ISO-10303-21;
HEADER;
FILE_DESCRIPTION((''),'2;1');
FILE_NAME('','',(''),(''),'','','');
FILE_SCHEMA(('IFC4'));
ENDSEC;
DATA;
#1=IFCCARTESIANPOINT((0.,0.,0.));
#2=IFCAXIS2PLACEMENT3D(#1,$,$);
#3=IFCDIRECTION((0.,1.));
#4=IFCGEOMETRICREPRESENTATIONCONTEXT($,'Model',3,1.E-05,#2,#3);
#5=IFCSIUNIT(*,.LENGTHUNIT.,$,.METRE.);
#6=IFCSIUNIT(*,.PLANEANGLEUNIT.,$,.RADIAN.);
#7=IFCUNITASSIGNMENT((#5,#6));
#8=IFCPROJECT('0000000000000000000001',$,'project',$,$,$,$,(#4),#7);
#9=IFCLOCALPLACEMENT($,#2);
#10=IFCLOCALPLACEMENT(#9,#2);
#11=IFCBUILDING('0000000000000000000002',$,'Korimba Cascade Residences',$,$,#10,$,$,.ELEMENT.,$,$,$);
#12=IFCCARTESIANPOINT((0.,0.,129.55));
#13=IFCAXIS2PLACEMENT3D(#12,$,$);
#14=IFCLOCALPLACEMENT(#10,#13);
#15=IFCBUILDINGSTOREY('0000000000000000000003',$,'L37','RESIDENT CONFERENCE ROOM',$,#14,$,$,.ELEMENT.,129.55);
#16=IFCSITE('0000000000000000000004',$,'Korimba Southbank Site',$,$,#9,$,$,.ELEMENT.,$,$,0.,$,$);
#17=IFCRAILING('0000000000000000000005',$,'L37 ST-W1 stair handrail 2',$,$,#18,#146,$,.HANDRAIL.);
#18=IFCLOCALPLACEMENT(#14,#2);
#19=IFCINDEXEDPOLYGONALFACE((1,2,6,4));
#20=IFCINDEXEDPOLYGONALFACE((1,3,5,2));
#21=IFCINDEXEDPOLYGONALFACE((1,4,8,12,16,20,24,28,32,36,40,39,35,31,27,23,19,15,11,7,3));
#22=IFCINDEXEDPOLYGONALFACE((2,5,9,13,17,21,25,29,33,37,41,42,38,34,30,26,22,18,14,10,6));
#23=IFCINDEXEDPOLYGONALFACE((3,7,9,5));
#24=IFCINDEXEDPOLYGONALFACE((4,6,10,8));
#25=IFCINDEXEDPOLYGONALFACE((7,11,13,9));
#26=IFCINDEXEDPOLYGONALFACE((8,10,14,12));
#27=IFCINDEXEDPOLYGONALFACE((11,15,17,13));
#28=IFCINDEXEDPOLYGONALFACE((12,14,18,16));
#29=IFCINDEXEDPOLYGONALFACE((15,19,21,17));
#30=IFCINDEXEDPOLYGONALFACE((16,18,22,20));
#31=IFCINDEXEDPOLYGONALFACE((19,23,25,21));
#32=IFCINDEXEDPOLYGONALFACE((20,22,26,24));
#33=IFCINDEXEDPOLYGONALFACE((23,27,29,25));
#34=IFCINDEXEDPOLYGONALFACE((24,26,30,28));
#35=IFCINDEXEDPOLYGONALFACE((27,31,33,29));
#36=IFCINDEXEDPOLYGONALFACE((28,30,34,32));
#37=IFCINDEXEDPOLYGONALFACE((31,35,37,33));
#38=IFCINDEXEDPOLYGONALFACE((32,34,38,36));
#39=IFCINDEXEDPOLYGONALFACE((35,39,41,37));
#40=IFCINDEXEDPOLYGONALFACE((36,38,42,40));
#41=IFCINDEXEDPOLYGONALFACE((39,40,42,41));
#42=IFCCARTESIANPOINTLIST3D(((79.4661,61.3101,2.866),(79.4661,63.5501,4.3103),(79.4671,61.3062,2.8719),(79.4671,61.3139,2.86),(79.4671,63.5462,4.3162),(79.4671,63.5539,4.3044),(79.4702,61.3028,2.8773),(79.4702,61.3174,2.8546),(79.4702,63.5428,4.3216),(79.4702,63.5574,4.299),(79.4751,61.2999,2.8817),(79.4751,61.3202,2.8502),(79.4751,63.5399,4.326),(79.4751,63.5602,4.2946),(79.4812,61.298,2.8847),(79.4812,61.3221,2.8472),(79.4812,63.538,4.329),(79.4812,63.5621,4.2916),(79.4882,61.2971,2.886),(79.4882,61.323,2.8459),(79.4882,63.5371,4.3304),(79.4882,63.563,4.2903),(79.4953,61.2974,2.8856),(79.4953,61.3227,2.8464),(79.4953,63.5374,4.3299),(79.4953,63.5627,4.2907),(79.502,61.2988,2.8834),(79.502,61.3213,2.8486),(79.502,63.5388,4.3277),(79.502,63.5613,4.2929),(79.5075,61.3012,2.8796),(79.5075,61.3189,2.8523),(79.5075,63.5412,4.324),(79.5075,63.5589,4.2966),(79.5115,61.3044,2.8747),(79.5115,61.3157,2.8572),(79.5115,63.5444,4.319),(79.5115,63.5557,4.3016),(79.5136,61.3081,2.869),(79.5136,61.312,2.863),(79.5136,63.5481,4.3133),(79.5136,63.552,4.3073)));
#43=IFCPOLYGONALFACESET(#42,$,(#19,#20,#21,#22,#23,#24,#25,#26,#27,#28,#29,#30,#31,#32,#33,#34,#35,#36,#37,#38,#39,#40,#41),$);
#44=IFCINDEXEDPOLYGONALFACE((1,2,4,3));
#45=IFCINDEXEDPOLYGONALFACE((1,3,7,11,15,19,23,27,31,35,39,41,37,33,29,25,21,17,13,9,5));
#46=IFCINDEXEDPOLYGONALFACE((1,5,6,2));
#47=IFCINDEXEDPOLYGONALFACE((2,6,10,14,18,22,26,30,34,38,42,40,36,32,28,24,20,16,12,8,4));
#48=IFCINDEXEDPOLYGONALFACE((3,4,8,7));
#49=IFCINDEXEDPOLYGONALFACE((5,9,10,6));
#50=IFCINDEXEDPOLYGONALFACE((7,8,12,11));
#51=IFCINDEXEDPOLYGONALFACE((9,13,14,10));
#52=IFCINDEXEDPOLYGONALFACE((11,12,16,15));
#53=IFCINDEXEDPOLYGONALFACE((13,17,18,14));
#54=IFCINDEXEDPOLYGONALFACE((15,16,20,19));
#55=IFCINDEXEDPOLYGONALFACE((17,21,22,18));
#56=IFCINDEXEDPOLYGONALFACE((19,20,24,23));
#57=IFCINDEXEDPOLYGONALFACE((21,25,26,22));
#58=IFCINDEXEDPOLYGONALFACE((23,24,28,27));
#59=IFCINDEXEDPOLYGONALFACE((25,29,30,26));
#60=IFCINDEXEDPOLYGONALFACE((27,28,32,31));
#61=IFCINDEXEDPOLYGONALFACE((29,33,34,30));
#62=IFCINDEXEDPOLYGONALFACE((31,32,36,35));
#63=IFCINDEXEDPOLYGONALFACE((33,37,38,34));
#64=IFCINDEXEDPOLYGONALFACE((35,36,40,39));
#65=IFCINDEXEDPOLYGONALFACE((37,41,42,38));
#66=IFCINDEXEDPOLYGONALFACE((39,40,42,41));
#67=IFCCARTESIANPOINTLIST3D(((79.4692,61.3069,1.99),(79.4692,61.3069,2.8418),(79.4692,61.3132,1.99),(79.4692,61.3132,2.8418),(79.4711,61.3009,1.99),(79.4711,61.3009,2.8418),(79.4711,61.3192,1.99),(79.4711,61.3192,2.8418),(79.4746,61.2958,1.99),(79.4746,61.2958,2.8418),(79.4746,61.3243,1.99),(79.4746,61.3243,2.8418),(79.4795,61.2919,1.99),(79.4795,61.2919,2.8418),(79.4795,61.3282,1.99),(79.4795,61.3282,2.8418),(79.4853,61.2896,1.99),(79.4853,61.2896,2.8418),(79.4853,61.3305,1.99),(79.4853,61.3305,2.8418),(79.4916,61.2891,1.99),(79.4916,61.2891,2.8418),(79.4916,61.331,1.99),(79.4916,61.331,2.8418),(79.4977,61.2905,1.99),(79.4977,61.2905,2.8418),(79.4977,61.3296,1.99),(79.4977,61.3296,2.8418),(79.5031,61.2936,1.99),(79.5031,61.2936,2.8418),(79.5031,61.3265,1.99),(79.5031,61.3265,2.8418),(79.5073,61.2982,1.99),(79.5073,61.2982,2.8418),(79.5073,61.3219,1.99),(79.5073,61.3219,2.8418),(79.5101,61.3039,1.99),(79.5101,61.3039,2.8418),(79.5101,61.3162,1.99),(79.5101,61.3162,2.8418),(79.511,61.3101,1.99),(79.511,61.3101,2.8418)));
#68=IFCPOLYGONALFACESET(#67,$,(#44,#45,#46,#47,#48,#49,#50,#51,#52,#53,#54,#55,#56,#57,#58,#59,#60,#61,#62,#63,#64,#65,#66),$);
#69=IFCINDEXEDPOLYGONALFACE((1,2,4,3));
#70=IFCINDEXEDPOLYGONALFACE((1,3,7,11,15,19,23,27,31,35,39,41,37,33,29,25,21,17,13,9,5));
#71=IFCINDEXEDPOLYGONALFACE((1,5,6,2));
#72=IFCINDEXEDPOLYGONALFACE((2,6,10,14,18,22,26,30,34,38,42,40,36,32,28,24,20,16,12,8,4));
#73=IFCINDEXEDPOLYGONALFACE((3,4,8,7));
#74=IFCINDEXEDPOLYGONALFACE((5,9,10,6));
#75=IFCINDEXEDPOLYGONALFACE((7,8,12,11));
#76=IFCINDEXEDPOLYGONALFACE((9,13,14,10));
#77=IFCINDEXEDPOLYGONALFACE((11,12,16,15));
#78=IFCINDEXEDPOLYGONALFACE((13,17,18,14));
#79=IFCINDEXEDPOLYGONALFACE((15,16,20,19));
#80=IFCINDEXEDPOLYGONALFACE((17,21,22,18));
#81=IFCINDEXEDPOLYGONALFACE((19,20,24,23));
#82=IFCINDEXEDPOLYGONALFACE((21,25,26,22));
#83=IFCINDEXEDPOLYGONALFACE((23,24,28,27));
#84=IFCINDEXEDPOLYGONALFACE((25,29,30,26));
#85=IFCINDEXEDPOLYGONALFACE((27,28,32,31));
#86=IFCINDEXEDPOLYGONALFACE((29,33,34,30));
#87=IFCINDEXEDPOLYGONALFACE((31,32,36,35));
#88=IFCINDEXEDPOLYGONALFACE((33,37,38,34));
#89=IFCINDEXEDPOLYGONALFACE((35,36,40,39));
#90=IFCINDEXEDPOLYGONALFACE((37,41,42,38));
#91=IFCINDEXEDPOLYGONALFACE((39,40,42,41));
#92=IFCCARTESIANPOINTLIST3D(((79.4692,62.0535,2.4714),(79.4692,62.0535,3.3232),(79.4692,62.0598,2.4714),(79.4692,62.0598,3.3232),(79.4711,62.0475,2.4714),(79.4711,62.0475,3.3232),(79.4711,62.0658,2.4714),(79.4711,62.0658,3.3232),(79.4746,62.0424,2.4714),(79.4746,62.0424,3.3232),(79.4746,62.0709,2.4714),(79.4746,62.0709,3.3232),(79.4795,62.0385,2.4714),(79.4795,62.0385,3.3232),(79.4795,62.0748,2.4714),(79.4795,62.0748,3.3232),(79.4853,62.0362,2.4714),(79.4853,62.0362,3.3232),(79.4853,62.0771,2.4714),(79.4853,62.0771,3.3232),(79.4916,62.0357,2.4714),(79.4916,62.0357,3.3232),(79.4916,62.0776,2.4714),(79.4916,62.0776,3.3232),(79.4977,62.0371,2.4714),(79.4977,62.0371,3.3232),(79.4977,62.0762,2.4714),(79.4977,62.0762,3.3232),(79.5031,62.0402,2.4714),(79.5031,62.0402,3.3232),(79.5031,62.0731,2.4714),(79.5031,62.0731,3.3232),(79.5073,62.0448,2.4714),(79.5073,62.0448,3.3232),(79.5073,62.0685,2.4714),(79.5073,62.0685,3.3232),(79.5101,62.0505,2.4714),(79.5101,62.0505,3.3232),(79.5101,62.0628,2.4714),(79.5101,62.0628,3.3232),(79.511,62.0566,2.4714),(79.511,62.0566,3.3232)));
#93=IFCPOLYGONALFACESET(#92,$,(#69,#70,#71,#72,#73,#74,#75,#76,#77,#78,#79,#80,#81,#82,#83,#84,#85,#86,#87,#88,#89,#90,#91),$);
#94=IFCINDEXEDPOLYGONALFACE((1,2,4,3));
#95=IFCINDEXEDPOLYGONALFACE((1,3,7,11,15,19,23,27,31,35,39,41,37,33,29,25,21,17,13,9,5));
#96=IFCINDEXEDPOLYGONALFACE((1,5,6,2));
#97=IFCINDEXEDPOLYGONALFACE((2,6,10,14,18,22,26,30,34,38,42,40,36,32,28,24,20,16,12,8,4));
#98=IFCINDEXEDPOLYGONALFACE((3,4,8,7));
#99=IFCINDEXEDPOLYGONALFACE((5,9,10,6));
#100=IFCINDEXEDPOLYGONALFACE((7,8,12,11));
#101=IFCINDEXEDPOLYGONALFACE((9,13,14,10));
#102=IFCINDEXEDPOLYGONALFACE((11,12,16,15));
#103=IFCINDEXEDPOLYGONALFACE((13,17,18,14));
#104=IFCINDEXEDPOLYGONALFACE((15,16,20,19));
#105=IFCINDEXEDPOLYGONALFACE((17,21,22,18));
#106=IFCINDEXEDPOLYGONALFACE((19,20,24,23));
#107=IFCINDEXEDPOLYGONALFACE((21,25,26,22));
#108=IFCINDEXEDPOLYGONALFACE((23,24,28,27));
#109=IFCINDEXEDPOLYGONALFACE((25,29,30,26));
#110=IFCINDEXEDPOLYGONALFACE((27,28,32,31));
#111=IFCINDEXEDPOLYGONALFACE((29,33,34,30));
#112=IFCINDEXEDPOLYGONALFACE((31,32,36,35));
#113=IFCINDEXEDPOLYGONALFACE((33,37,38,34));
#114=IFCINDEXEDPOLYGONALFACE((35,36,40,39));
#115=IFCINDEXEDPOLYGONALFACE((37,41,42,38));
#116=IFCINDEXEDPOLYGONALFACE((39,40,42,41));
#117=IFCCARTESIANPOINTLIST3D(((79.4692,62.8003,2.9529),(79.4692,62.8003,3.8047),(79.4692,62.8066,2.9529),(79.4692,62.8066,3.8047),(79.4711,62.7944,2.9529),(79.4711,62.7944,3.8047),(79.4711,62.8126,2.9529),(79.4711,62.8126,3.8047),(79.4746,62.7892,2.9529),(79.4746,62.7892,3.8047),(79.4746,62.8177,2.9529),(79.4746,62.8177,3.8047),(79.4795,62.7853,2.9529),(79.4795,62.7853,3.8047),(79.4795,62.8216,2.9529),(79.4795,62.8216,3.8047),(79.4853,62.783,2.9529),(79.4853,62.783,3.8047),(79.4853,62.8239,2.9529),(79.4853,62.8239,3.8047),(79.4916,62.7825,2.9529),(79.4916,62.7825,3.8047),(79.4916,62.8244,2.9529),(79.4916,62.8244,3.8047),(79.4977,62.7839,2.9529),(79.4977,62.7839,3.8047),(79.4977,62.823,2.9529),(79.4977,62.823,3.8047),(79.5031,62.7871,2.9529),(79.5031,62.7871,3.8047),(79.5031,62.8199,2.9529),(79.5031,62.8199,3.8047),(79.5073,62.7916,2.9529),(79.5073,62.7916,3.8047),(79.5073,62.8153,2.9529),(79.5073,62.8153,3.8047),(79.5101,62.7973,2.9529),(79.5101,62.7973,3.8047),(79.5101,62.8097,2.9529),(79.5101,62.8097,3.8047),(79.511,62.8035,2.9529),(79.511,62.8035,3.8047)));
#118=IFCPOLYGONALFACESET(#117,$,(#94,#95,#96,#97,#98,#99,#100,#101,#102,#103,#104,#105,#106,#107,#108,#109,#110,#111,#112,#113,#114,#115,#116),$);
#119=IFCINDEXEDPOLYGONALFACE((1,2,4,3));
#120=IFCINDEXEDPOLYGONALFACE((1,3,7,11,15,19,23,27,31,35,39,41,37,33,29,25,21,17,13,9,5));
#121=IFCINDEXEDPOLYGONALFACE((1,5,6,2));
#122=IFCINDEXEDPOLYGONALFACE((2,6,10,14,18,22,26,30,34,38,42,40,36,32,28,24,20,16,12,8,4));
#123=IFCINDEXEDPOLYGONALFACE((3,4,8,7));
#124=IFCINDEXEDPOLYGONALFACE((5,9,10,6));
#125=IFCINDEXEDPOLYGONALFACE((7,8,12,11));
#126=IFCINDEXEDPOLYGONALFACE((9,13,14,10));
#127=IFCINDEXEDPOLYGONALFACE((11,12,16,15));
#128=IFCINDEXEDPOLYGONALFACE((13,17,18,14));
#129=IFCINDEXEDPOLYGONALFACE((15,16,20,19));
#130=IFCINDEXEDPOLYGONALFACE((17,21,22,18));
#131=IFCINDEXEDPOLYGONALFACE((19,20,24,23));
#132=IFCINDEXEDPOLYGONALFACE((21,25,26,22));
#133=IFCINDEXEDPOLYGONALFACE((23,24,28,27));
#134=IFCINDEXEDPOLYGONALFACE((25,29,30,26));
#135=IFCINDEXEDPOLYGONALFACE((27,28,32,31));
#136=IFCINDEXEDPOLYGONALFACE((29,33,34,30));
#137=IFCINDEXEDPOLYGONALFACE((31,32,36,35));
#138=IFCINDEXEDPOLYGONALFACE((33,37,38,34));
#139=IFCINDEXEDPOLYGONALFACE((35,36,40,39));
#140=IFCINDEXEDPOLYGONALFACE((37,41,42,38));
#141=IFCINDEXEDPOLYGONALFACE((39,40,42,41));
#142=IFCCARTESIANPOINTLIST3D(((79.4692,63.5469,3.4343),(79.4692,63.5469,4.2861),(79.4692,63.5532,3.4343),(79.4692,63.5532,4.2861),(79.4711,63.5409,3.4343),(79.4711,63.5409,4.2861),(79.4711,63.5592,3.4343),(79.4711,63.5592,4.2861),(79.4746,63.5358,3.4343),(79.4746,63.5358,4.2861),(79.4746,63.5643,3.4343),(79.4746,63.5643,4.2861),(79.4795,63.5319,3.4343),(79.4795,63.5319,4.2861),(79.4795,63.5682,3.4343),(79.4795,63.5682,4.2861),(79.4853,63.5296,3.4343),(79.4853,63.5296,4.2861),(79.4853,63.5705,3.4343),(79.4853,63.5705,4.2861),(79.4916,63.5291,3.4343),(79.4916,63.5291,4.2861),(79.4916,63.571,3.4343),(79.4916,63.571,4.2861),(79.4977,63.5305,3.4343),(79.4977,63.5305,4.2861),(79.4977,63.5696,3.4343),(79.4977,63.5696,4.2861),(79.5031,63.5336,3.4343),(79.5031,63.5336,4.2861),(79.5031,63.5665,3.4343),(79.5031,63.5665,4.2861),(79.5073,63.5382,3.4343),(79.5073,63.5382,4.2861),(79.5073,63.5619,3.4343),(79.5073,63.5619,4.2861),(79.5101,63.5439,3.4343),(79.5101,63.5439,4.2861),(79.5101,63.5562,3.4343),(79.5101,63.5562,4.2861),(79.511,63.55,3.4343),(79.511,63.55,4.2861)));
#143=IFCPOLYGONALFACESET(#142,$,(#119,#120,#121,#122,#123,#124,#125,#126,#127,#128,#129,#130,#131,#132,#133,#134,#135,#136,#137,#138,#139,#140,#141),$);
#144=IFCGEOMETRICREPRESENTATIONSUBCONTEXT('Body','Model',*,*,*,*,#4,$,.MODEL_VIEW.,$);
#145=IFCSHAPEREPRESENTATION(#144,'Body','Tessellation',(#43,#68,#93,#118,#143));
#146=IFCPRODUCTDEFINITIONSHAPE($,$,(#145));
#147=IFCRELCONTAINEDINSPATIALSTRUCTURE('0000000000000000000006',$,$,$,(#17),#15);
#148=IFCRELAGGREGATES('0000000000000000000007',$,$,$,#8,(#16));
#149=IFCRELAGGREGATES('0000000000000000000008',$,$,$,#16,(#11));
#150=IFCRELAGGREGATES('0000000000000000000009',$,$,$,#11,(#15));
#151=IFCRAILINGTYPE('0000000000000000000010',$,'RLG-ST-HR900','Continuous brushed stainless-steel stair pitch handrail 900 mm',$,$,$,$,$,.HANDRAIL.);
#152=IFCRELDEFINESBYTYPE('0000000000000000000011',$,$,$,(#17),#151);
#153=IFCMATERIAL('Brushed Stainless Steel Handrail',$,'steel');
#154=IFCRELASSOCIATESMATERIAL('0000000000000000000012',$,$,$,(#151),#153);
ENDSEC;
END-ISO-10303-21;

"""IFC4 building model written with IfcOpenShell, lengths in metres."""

from ifc_helpers import new_model, si_unit, direction, frame, origin, origin_2d, place, context, subcontext, project, spatial, circle, extrude, material, type_object, element, save


model = new_model("IFC4")

# Units and contexts
model_context = context("Model", 3, precision=1e-05, world=origin(), true_north=direction((0.0, 1.0)))
body_context = subcontext(model_context, "Body", "Model", "MODEL_VIEW")
ifc_project = project(units=[si_unit("LENGTHUNIT", "METRE"), si_unit("PLANEANGLEUNIT", "RADIAN")], contexts=[model_context])

# Site, building, storey
site_placement = place(None, origin())
site = spatial("IfcSite", under=ifc_project, at=site_placement, Name="Korimba Southbank Site", CompositionType="ELEMENT", RefElevation=0.0)
building_placement = place(site_placement, origin())
building = spatial("IfcBuilding", under=site, at=building_placement, Name="Korimba Cascade Residences", CompositionType="ELEMENT")
storey_placement = place(building_placement, frame((0.0, 0.0, 129.55)))
storey = spatial("IfcBuildingStorey", under=building, at=storey_placement, Name="L37", Description="RESIDENT CONFERENCE ROOM", CompositionType="ELEMENT", Elevation=129.55)

# Railing
ifc_material_1 = material(Name="Brushed Stainless Steel Handrail", Category="steel")
railing_type_1 = type_object("IfcRailingType", Name="RLG-ST-HR900", Description="Continuous brushed stainless-steel stair pitch handrail 900 mm", PredefinedType="HANDRAIL", material=ifc_material_1)
railing_1_placement = place(storey_placement, frame((79.49, 61.3101, 1.99)))
element("IfcRailing", 1, at=railing_1_placement, inside=storey, type_object=railing_type_1, Name="L37 ST-W1 stair handrail 2", PredefinedType="HANDRAIL", context=body_context, shape_type="SweptSolid", body=[
    extrude(circle(Radius=0.0239, at=origin_2d()), frame((0.0, 0.0, 0.876), z_axis=(0.0, 0.840437, 0.54191), x_axis=(-1.0, 0.0, 0.0)), (0.0, 0.0, 1.0), 2.6653),
    extrude(circle(Radius=0.021, at=origin_2d()), origin(), (0.0, 0.0, 1.0), 0.8518),
    extrude(circle(Radius=0.021, at=origin_2d()), frame((0.0, 0.7466, 0.4814)), (0.0, 0.0, 1.0), 0.8518),
    extrude(circle(Radius=0.021, at=origin_2d()), frame((0.0, 1.4934, 0.9629)), (0.0, 0.0, 1.0), 0.8518),
    extrude(circle(Radius=0.021, at=origin_2d()), frame((0.0, 2.24, 1.4443)), (0.0, 0.0, 1.0), 0.8518),
])

save(model, "model.ifc")
